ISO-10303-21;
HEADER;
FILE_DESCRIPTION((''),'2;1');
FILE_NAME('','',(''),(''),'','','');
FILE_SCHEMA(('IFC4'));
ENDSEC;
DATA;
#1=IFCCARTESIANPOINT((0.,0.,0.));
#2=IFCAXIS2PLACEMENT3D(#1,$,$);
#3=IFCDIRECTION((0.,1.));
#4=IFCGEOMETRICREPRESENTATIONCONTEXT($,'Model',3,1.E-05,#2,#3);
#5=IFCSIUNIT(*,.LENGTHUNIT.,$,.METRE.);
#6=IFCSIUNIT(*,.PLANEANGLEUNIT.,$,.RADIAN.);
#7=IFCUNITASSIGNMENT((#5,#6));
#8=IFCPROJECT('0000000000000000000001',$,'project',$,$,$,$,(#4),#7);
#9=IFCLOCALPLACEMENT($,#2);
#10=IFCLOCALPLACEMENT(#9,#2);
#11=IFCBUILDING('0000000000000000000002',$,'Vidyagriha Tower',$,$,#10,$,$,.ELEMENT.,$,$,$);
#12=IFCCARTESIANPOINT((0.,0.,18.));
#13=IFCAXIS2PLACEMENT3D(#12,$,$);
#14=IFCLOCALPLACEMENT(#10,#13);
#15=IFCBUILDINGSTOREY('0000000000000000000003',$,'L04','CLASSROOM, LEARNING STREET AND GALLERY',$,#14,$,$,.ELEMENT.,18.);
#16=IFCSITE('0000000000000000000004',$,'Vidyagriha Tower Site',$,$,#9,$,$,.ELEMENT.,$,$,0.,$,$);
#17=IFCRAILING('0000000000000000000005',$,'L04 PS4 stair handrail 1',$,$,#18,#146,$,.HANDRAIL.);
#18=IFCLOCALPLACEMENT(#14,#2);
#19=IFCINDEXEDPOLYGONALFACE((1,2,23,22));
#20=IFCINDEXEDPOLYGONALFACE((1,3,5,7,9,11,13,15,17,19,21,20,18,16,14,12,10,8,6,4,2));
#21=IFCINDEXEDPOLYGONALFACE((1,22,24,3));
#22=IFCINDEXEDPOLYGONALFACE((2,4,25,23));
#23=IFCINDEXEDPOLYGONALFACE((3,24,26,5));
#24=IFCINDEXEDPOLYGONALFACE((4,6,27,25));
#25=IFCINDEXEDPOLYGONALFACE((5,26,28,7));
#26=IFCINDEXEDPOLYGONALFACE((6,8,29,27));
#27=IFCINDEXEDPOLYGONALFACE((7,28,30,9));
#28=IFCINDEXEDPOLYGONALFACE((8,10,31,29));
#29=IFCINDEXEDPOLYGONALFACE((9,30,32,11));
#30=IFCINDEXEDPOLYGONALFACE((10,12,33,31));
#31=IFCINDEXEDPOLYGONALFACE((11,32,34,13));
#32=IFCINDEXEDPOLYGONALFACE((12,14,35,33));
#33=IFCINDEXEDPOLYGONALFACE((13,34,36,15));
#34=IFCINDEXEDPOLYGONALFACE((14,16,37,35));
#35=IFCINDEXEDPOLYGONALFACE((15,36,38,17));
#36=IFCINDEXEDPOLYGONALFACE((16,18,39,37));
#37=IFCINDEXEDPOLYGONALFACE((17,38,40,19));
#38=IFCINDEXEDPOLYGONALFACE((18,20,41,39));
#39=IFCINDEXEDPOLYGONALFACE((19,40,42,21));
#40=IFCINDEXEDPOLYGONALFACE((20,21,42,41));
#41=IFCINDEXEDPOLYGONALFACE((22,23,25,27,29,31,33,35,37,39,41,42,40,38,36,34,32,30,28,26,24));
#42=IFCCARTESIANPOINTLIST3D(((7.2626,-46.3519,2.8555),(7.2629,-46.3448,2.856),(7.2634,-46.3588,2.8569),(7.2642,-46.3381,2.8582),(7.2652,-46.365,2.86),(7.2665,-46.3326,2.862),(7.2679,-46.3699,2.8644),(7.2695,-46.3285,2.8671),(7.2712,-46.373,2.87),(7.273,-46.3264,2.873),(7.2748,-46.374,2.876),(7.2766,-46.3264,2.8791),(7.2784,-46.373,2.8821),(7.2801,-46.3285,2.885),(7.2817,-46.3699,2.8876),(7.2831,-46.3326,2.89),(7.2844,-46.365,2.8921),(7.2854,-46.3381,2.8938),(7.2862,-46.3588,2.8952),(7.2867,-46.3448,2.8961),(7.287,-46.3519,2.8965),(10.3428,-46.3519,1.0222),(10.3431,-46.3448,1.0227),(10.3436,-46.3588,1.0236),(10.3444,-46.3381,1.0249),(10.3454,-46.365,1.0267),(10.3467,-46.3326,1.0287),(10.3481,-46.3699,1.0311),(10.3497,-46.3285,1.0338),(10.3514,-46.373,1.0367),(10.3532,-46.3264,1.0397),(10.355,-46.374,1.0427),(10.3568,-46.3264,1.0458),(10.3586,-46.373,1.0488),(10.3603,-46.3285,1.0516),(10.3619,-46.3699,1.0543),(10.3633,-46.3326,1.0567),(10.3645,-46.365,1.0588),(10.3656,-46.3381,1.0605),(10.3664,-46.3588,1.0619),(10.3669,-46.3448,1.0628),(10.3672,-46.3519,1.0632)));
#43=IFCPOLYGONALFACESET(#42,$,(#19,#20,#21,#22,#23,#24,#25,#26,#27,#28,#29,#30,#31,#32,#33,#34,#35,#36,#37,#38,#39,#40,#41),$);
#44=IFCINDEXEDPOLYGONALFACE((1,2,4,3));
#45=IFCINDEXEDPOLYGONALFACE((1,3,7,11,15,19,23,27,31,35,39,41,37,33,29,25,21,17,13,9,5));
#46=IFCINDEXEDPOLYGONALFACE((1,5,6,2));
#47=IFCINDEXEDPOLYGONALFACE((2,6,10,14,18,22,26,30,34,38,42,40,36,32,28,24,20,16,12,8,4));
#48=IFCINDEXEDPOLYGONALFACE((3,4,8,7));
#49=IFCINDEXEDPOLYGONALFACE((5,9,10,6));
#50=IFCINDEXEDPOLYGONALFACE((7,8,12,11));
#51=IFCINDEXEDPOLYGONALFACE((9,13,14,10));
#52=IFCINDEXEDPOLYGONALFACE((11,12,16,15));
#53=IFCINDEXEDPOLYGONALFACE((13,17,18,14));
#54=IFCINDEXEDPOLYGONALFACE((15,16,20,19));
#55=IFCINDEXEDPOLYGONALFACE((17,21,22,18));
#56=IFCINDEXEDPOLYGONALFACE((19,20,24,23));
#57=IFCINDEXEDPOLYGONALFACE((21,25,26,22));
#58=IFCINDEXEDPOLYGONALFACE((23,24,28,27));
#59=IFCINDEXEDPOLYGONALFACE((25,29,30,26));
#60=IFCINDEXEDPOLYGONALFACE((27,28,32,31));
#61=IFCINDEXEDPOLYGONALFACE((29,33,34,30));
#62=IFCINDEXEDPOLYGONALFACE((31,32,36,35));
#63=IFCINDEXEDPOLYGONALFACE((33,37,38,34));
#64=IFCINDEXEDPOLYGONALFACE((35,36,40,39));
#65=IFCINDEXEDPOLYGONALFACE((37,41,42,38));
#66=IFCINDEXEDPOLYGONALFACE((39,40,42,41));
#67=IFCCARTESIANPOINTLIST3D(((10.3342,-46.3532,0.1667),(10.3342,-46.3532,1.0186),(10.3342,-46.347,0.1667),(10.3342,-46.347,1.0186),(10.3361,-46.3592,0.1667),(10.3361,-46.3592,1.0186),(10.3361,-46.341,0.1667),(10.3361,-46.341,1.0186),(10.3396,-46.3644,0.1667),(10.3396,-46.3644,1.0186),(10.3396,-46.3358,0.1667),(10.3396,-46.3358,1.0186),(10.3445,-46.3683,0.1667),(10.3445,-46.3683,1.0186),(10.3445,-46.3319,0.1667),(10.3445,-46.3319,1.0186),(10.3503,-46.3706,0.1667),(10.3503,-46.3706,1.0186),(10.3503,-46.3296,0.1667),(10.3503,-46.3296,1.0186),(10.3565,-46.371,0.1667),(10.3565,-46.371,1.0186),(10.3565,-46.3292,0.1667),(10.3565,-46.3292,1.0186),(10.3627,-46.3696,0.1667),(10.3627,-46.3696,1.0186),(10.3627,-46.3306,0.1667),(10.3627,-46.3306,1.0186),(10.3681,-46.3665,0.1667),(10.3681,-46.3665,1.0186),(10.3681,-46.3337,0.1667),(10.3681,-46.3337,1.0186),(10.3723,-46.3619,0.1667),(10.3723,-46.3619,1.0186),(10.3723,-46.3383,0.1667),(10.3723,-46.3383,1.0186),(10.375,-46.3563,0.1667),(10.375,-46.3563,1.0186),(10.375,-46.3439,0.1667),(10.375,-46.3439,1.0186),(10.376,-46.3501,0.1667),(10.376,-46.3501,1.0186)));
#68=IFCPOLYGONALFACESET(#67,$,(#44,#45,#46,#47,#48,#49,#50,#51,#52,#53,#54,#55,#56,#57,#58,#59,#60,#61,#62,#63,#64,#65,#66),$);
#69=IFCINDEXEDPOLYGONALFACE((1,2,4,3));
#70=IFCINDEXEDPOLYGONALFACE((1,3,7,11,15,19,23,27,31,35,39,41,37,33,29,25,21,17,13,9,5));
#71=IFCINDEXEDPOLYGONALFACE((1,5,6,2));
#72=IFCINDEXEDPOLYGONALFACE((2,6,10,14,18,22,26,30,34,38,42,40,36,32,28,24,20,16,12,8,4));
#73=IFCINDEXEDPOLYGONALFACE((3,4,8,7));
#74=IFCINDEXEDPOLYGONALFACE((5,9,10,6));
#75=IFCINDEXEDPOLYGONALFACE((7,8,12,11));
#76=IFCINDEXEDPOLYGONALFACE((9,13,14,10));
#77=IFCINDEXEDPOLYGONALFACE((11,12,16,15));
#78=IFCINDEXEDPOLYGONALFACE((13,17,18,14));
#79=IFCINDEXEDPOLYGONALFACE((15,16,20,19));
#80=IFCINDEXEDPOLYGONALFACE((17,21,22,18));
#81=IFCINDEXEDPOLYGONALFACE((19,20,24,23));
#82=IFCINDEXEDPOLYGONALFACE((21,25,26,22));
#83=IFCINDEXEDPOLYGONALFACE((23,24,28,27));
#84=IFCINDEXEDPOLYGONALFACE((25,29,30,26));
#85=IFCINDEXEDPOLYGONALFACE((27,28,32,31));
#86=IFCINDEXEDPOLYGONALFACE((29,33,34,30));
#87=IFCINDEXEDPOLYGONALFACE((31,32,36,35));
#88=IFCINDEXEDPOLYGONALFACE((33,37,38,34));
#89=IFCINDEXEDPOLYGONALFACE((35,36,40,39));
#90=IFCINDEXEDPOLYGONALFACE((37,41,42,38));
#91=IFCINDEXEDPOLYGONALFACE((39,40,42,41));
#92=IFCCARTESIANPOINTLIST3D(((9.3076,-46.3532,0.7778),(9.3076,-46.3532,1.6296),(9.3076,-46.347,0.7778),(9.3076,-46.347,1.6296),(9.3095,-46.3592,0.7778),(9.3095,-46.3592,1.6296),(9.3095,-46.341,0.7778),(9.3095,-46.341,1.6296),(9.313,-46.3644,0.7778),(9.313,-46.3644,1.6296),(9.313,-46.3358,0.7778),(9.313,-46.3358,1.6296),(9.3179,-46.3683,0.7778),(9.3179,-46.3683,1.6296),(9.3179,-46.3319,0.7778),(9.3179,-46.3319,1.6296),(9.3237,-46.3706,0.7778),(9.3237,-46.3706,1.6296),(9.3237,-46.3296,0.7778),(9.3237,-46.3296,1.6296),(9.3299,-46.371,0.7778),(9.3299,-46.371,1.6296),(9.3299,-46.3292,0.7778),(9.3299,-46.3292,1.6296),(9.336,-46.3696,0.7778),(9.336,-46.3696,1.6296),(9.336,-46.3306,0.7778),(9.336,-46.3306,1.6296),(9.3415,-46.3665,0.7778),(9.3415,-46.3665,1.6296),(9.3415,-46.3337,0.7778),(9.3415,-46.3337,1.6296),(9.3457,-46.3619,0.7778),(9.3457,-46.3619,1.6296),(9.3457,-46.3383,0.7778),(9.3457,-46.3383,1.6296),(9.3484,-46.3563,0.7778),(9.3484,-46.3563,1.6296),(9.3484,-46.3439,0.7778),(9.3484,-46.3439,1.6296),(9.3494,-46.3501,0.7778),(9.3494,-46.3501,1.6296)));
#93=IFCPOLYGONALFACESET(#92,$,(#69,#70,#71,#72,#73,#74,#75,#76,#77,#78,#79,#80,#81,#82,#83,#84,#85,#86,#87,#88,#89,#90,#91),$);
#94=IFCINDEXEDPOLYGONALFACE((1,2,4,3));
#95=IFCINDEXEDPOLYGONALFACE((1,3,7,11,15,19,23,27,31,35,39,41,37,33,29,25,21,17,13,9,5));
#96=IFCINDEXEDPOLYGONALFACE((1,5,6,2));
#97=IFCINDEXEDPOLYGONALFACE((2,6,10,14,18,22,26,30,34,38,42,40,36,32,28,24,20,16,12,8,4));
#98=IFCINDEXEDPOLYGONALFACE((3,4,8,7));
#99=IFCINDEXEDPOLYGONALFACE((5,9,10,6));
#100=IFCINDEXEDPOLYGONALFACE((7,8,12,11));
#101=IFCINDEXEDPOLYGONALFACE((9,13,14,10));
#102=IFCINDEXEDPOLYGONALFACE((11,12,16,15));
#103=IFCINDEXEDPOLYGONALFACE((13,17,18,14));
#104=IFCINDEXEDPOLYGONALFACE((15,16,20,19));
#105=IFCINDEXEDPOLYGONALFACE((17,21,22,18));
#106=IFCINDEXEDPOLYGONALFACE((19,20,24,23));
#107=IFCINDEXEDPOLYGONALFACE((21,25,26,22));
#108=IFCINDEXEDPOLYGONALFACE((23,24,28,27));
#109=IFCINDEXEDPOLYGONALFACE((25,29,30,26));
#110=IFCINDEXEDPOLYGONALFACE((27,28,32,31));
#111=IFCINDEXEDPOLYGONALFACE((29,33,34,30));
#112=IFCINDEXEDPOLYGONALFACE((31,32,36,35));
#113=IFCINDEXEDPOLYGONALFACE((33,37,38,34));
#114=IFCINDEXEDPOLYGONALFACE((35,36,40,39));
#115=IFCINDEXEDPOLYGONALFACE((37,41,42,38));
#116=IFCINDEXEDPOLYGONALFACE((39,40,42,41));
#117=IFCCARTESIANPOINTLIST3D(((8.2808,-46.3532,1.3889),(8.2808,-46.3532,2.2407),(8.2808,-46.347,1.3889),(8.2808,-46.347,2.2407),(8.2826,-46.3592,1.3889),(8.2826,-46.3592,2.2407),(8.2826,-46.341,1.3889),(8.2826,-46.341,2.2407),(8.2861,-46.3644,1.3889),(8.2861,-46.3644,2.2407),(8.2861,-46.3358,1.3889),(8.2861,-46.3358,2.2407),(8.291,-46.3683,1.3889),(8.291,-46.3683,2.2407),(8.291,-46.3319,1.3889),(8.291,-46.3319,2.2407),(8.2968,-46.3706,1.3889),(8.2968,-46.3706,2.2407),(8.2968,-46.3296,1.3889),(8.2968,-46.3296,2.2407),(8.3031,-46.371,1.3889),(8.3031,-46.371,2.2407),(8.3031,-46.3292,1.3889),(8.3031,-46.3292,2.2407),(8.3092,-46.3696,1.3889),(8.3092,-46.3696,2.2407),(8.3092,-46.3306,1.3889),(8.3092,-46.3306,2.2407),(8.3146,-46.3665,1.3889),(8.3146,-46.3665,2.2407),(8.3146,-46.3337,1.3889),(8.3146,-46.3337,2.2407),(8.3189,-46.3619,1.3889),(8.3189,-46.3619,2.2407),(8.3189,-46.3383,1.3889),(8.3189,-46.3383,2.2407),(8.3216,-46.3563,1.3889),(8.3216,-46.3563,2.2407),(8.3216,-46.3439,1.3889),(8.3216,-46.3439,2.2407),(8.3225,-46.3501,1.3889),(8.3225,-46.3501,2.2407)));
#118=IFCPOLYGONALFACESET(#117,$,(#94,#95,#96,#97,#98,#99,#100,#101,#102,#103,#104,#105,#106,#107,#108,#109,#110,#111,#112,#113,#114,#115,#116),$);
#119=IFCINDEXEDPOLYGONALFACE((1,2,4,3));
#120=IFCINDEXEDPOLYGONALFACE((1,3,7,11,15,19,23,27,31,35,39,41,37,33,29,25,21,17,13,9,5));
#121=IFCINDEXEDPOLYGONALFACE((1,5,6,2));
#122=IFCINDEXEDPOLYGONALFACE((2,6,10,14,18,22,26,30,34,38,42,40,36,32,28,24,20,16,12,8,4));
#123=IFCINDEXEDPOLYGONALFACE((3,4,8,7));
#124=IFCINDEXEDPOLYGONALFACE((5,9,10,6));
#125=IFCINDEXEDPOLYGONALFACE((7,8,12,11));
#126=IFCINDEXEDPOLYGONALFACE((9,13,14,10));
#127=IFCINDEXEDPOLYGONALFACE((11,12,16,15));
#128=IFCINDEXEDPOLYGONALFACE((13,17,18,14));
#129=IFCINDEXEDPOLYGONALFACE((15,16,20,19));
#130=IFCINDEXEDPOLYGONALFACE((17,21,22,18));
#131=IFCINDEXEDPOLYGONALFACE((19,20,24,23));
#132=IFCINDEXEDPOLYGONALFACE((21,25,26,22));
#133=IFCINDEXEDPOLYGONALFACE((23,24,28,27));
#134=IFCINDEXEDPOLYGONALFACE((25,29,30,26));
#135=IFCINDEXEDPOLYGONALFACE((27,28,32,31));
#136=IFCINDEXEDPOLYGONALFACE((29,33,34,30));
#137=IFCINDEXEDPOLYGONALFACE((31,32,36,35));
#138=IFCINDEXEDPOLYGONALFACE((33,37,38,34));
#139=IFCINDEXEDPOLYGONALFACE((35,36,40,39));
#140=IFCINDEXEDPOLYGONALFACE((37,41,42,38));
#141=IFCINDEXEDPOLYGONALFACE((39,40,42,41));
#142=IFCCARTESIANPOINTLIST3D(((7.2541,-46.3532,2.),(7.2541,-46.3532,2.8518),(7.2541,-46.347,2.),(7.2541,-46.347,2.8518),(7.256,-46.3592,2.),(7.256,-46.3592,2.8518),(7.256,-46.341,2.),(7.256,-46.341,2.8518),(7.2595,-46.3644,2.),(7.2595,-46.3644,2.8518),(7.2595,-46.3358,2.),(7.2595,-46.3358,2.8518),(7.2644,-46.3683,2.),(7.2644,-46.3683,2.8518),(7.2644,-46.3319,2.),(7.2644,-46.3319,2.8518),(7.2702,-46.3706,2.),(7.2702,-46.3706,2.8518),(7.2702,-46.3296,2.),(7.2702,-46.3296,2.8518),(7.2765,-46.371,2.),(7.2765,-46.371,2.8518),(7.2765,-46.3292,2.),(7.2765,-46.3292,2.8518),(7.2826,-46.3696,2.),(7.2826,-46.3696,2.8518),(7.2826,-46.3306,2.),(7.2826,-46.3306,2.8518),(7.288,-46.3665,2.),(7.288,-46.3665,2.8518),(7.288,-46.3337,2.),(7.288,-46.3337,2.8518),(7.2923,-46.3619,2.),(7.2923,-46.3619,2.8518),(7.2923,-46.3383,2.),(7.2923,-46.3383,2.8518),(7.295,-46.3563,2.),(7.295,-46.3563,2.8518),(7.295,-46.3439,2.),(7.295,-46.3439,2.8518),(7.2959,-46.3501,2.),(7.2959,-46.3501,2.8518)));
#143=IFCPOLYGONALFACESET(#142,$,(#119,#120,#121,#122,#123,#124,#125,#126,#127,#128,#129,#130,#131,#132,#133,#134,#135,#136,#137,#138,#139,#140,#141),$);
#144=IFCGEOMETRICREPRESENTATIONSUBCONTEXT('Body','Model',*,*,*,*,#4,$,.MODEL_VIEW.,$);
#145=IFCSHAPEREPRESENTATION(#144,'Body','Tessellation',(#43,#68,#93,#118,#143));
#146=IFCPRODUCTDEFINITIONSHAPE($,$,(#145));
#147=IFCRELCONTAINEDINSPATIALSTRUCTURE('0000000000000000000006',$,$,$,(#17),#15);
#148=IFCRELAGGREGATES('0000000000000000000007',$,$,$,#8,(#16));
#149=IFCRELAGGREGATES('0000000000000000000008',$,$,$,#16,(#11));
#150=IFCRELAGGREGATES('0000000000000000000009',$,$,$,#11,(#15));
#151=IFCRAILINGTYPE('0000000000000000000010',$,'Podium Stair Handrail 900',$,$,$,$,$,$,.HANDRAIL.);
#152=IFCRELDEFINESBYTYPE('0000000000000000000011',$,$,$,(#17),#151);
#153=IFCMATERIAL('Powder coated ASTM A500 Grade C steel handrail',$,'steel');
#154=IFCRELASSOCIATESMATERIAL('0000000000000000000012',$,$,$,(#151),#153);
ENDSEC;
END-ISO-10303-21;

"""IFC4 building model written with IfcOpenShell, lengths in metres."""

from ifc_helpers import new_model, si_unit, direction, frame, origin, origin_2d, place, context, subcontext, project, spatial, circle, extrude, material, type_object, element, save


model = new_model("IFC4")

# Units and contexts
model_context = context("Model", 3, precision=1e-05, world=origin(), true_north=direction((0.0, 1.0)))
body_context = subcontext(model_context, "Body", "Model", "MODEL_VIEW")
ifc_project = project(units=[si_unit("LENGTHUNIT", "METRE"), si_unit("PLANEANGLEUNIT", "RADIAN")], contexts=[model_context])

# Site, building, storey
site_placement = place(None, origin())
site = spatial("IfcSite", under=ifc_project, at=site_placement, Name="Vidyagriha Tower Site", CompositionType="ELEMENT", RefElevation=0.0)
building_placement = place(site_placement, origin())
building = spatial("IfcBuilding", under=site, at=building_placement, Name="Vidyagriha Tower", CompositionType="ELEMENT")
storey_placement = place(building_placement, frame((0.0, 0.0, 18.0)))
storey = spatial("IfcBuildingStorey", under=building, at=storey_placement, Name="L04", Description="CLASSROOM, LEARNING STREET AND GALLERY", CompositionType="ELEMENT", Elevation=18.0)

# Railing
ifc_material_1 = material(Name="Powder coated ASTM A500 Grade C steel handrail", Category="steel")
railing_type_1 = type_object("IfcRailingType", Name="Podium Stair Handrail 900", PredefinedType="HANDRAIL", material=ifc_material_1)
railing_1_placement = place(storey_placement, frame((10.355, -46.3501, 0.1667)))
element("IfcRailing", 1, at=railing_1_placement, inside=storey, type_object=railing_type_1, Name="L04 PS4 stair handrail 1", PredefinedType="HANDRAIL", context=body_context, shape_type="SweptSolid", body=[
    extrude(circle(Radius=0.0239, at=origin_2d()), frame((0.0, 0.0, 0.876), z_axis=(-0.859309, 0.0, 0.511458), x_axis=(0.0, -1.0, 0.0)), (0.0, 0.0, 1.0), 3.5845),
    extrude(circle(Radius=0.021, at=origin_2d()), origin(), (0.0, 0.0, 1.0), 0.8518),
    extrude(circle(Radius=0.021, at=origin_2d()), frame((-1.0266, 0.0, 0.6111)), (0.0, 0.0, 1.0), 0.8518),
    extrude(circle(Radius=0.021, at=origin_2d()), frame((-2.0535, 0.0, 1.2222)), (0.0, 0.0, 1.0), 0.8518),
    extrude(circle(Radius=0.021, at=origin_2d()), frame((-3.0801, 0.0, 1.8333)), (0.0, 0.0, 1.0), 0.8518),
])

save(model, "model.ifc")
